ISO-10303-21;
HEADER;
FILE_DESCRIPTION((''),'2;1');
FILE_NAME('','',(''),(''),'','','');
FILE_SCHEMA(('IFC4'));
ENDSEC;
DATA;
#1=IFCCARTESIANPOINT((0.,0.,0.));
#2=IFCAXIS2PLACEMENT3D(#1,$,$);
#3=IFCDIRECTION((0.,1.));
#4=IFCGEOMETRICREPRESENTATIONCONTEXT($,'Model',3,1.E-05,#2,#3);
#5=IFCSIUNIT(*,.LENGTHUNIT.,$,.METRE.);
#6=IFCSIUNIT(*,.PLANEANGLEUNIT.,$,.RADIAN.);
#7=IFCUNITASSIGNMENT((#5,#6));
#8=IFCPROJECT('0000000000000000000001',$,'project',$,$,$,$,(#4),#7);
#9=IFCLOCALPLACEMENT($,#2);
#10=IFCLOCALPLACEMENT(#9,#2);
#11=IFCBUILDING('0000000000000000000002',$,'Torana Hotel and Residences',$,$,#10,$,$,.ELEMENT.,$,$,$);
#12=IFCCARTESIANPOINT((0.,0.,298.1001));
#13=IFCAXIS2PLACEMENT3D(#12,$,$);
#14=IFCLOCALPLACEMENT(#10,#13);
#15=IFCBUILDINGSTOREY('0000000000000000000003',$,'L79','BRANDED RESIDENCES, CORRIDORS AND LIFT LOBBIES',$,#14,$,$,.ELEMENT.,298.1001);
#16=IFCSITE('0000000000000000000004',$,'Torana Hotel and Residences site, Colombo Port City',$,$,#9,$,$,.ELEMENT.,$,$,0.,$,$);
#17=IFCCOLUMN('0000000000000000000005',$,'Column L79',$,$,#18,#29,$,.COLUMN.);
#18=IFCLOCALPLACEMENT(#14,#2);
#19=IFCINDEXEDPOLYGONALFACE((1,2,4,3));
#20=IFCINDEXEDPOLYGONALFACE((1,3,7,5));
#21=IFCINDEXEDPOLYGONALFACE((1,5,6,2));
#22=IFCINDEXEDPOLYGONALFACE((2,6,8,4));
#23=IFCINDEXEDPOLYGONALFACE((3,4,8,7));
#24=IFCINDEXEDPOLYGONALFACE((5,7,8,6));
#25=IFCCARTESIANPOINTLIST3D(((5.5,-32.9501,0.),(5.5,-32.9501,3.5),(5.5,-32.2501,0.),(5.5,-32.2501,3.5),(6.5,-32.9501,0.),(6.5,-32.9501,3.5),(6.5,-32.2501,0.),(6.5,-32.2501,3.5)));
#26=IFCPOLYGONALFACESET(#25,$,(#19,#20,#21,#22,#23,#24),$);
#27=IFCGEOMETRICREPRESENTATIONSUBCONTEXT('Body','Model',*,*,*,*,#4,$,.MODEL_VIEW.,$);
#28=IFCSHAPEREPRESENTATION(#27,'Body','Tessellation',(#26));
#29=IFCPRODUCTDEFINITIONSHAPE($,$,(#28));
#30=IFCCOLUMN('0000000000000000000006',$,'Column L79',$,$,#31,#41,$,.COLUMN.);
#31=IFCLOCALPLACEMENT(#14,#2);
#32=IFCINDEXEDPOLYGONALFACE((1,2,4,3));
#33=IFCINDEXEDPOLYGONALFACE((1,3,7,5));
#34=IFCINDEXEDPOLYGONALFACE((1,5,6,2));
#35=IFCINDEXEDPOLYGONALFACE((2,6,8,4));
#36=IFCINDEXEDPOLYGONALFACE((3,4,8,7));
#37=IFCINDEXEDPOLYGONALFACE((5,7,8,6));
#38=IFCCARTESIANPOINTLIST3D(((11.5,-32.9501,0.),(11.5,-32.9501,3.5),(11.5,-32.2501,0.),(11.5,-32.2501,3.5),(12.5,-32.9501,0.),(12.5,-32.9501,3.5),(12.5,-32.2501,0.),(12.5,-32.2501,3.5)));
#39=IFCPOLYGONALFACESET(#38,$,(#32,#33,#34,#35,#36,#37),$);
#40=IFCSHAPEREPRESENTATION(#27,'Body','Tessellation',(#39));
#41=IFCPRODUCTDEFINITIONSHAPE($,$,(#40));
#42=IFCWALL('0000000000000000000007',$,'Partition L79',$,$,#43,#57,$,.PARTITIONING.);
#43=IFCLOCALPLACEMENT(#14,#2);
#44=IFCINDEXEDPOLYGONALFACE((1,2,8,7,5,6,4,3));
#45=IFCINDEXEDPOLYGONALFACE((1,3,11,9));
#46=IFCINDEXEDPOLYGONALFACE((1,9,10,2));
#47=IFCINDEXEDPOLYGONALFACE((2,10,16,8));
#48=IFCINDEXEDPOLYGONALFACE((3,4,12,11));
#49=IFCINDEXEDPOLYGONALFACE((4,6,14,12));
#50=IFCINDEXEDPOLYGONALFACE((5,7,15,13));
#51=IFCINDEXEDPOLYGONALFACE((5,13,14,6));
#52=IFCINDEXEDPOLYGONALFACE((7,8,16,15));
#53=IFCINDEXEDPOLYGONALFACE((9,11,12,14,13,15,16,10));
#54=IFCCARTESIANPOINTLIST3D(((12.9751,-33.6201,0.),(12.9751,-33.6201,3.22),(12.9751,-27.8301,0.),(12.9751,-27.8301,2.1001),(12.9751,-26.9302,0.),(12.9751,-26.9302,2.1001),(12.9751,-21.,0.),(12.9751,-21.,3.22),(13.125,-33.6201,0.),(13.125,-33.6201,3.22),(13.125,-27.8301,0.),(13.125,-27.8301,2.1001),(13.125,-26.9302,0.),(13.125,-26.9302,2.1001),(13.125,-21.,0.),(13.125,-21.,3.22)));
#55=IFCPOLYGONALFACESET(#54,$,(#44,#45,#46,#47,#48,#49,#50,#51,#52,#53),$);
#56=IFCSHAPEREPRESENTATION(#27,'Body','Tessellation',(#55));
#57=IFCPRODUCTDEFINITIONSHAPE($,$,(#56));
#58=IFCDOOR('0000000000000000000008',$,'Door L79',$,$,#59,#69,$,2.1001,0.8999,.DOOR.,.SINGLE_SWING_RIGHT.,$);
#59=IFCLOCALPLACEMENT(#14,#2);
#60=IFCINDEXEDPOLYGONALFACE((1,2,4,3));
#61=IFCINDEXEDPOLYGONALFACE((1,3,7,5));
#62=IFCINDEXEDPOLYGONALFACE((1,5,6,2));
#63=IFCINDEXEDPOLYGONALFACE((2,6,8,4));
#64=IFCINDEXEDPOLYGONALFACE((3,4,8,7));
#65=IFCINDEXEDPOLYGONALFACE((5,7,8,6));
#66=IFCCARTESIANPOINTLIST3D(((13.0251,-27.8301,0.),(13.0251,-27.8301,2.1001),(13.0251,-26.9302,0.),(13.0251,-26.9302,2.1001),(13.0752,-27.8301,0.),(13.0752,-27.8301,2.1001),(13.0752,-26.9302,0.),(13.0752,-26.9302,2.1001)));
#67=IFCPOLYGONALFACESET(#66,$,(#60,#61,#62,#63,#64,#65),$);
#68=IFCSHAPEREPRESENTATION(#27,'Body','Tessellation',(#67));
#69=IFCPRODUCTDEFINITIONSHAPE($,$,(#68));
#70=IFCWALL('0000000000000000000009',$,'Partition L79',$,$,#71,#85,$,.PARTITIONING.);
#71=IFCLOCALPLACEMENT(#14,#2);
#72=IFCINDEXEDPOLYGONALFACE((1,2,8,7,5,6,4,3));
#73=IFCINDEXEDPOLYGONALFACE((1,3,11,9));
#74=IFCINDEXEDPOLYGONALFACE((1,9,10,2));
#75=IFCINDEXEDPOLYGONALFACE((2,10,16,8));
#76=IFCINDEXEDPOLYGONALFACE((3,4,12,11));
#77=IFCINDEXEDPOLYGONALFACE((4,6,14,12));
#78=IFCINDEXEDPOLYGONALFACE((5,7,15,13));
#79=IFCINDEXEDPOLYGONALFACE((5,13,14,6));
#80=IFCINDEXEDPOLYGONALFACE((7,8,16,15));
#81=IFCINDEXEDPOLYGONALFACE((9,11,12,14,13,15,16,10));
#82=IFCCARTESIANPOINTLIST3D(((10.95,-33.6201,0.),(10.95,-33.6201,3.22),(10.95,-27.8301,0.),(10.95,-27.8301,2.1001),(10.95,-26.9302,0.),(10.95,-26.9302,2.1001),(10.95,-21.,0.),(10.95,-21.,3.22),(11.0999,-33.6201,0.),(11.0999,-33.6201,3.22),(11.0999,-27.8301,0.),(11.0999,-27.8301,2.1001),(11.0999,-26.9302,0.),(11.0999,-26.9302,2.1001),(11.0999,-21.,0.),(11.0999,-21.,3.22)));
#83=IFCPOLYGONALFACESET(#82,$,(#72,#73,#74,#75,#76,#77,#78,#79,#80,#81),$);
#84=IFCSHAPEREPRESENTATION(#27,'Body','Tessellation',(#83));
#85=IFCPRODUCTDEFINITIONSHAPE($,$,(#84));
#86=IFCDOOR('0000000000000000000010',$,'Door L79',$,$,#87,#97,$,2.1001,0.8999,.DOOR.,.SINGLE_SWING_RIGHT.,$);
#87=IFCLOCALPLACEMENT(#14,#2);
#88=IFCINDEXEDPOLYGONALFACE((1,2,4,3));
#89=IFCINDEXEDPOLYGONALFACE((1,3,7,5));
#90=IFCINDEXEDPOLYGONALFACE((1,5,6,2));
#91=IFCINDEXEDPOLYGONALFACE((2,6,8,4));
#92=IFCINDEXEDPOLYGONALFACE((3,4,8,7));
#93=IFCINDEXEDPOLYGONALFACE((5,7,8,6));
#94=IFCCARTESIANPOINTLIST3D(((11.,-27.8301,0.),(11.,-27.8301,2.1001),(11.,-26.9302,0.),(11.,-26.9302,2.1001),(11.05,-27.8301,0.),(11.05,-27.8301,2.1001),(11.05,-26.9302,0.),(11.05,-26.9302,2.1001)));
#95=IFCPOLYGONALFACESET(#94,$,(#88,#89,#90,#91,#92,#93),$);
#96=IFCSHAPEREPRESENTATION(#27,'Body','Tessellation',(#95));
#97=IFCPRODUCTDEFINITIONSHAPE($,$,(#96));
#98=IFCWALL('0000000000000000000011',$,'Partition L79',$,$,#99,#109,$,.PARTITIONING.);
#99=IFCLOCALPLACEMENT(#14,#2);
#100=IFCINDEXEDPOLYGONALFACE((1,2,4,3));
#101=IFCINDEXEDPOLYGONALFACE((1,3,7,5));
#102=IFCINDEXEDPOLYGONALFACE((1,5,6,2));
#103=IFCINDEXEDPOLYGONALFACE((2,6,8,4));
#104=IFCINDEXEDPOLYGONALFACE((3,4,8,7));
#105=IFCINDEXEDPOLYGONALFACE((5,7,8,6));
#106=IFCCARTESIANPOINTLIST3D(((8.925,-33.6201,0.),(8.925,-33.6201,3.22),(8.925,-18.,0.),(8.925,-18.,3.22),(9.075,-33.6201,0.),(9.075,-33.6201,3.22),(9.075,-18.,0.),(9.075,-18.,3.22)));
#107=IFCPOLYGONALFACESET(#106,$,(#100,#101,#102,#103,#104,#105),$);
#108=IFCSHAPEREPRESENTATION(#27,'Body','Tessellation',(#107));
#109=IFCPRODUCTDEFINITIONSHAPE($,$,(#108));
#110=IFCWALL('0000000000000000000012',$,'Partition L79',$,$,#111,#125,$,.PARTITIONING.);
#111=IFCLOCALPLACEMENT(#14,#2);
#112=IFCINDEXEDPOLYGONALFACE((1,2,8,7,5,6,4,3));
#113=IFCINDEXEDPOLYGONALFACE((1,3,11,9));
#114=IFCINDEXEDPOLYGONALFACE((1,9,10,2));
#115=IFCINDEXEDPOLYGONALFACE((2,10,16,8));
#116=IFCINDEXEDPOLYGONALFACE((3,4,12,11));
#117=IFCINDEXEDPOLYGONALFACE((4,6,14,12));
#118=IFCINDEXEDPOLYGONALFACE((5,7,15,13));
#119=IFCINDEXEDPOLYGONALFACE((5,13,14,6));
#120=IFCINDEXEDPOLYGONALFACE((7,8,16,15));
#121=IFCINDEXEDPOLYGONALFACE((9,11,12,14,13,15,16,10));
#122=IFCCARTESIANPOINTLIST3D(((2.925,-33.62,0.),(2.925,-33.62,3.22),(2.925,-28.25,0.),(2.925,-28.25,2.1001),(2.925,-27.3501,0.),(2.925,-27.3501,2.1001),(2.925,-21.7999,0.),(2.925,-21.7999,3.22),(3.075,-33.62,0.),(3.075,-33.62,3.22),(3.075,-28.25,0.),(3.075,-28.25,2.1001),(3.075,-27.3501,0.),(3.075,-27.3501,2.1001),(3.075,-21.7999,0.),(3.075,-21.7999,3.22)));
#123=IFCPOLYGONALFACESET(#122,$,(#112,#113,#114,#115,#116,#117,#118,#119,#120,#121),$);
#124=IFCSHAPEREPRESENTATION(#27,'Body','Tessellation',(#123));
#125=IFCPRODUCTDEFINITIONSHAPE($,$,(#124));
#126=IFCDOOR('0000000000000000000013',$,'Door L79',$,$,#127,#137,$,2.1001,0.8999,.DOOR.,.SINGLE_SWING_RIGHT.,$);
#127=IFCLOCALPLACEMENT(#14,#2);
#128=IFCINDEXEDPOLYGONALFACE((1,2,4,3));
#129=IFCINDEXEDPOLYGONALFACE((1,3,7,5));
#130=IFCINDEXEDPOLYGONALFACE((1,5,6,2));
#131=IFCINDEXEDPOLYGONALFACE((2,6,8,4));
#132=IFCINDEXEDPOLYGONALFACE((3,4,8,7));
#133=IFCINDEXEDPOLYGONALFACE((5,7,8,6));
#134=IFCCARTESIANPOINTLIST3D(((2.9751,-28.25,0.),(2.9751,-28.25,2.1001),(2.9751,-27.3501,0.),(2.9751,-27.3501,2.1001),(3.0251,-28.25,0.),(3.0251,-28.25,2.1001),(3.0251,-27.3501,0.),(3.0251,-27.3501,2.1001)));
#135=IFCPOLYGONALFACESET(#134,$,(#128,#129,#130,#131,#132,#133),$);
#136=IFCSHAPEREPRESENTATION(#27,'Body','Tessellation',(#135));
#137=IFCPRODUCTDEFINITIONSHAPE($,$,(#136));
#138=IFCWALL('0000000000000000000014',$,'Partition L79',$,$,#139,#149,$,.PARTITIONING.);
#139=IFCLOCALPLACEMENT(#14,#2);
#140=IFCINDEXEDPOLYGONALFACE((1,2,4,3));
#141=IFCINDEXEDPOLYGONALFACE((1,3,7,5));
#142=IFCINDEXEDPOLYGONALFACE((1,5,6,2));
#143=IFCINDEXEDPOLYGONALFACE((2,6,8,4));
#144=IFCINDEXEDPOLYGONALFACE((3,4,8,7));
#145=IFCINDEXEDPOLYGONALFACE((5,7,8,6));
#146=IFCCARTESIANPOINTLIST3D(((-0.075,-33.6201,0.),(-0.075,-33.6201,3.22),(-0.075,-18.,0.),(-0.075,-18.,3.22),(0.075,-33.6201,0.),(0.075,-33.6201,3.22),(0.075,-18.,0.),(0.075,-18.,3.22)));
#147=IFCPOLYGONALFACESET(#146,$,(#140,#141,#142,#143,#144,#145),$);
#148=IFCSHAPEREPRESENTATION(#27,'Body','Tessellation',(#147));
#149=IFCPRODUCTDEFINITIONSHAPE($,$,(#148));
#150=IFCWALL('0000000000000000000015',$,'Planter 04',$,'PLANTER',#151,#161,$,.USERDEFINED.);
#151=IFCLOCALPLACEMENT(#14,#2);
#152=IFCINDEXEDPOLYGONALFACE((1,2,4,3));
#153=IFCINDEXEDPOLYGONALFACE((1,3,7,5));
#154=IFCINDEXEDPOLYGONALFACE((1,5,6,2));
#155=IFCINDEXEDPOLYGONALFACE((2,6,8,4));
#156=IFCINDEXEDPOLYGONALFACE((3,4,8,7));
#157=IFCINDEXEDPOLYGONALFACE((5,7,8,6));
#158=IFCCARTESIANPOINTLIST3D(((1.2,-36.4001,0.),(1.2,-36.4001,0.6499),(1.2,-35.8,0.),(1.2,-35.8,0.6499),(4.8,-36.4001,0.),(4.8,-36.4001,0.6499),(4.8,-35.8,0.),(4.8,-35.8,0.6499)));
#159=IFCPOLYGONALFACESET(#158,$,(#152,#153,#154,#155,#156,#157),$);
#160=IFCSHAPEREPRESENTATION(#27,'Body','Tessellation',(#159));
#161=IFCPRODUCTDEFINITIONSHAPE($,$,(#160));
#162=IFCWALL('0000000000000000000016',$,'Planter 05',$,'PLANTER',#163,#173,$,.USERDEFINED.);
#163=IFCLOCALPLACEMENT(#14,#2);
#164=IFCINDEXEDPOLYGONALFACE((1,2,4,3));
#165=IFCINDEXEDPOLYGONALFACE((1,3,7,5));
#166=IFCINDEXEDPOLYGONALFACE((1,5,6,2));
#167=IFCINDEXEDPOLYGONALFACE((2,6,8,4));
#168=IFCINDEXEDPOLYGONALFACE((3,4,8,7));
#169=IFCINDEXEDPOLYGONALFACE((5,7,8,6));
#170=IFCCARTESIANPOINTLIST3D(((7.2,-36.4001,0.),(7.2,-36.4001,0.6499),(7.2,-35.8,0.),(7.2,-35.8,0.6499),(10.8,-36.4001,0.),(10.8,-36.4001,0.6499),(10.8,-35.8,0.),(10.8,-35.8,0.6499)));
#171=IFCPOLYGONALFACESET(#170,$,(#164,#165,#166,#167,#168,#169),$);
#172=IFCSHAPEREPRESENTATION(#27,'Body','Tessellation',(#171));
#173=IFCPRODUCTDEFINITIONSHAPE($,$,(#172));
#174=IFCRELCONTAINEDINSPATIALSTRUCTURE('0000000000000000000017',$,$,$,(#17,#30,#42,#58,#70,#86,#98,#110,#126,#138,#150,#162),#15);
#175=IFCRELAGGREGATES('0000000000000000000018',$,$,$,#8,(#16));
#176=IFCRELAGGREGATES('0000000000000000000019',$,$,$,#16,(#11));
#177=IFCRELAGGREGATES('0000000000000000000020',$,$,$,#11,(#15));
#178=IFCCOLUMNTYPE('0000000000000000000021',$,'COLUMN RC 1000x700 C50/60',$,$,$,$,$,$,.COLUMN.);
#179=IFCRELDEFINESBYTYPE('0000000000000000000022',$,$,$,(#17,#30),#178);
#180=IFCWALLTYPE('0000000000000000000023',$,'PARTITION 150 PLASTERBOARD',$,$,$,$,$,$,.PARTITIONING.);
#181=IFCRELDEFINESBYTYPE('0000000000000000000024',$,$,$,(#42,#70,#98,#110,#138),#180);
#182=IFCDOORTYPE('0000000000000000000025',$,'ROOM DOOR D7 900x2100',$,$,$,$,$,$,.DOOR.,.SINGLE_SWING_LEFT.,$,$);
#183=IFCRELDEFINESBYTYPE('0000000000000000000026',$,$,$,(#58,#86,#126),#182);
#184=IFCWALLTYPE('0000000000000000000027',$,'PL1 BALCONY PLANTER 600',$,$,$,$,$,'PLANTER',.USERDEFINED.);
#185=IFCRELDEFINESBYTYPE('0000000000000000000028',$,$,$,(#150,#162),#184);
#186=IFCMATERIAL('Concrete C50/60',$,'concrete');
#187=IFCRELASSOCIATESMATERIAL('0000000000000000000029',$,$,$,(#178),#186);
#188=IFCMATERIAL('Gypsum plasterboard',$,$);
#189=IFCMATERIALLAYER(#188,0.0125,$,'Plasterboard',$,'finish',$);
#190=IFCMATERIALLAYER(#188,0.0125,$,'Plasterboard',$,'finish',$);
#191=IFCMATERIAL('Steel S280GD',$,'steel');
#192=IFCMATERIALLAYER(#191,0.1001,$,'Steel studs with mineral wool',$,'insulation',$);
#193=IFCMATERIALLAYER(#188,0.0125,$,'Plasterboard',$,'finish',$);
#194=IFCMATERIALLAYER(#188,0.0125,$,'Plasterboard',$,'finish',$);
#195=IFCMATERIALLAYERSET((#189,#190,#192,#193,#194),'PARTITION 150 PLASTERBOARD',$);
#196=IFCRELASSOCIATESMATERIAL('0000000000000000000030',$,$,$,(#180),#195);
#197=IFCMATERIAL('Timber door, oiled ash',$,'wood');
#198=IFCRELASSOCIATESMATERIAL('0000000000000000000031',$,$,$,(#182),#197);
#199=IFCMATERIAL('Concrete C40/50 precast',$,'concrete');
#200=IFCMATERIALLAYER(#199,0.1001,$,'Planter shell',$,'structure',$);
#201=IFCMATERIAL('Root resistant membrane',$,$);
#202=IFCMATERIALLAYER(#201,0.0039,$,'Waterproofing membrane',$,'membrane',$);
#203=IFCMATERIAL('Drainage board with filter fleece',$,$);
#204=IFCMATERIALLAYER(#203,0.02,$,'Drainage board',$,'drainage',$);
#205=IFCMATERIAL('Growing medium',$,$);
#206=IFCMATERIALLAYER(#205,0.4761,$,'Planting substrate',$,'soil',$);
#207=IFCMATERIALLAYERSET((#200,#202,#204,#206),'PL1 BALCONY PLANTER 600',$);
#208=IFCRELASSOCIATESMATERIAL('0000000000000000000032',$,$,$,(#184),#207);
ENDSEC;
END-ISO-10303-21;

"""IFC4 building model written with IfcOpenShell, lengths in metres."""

from ifc_helpers import new_model, si_unit, direction, frame, frame_2d, origin, origin_2d, place, context, subcontext, project, spatial, rectangle, extrude, material, layer, layer_set, material_profile, profile_set, type_object, element, fill, save


model = new_model("IFC4")

# Units and contexts
model_context = context("Model", 3, precision=1e-05, world=origin(), true_north=direction((0.0, 1.0)))
body_context = subcontext(model_context, "Body", "Model", "MODEL_VIEW")
ifc_project = project(units=[si_unit("LENGTHUNIT", "METRE"), si_unit("PLANEANGLEUNIT", "RADIAN")], contexts=[model_context])

# Site, building, storey
site_placement = place(None, origin())
site = spatial("IfcSite", under=ifc_project, at=site_placement, Name="Torana Hotel and Residences site, Colombo Port City", CompositionType="ELEMENT", RefElevation=0.0)
building_placement = place(site_placement, origin())
building = spatial("IfcBuilding", under=site, at=building_placement, Name="Torana Hotel and Residences", CompositionType="ELEMENT")
storey_placement = place(building_placement, frame((0.0, 0.0, 298.1001)))
storey = spatial("IfcBuildingStorey", under=building, at=storey_placement, Name="L79", Description="BRANDED RESIDENCES, CORRIDORS AND LIFT LOBBIES", CompositionType="ELEMENT", Elevation=298.1001)

# Columns
ifc_material_1 = material(Name="Concrete C50/60", Category="concrete")
ifc_material_profile = material_profile(ifc_material_1, rectangle(XDim=1.0, YDim=0.7, at=origin_2d()), Name="RC 1000x700")
ifc_profile_set = profile_set([ifc_material_profile], Name="Concrete C50/60")
column_type = type_object("IfcColumnType", Name="COLUMN RC 1000x700 C50/60", PredefinedType="COLUMN", material=ifc_profile_set)
for number, where, z_axis, x_axis, name in (
    (1, (6.0, -32.6001, 0.0), (0.0, 0.0, 1.0), (1.0, 0.0, 0.0), "Column L79"),
    (2, (12.0, -32.6001, 0.0), (0.0, 0.0, 1.0), (1.0, 0.0, 0.0), "Column L79"),
):
    element("IfcColumn", number, at=place(storey_placement, frame(where, z_axis=z_axis, x_axis=x_axis)), inside=storey, type_object=column_type, Name=name, PredefinedType="COLUMN", context=body_context, shape_type="SweptSolid", body=[
        extrude(rectangle(XDim=1.0, YDim=0.7, at=origin_2d()), origin(), (0.0, 0.0, 1.0), 3.5),
    ])

# Walls, openings, doors
ifc_material_2 = material(Name="Gypsum plasterboard")
ifc_layer_1 = layer(ifc_material_2, 0.0125, Name="Plasterboard", Category="finish")
ifc_layer_2 = layer(ifc_material_2, 0.0125, Name="Plasterboard", Category="finish")
ifc_material_3 = material(Name="Steel S280GD", Category="steel")
ifc_layer_3 = layer(ifc_material_3, 0.1001, Name="Steel studs with mineral wool", Category="insulation")
ifc_layer_4 = layer(ifc_material_2, 0.0125, Name="Plasterboard", Category="finish")
ifc_layer_5 = layer(ifc_material_2, 0.0125, Name="Plasterboard", Category="finish")
ifc_layer_set_1 = layer_set([ifc_layer_1, ifc_layer_2, ifc_layer_3, ifc_layer_4, ifc_layer_5], Name="PARTITION 150 PLASTERBOARD")
wall_type_1 = type_object("IfcWallType", Name="PARTITION 150 PLASTERBOARD", PredefinedType="PARTITIONING", material=ifc_layer_set_1)
wall_1_placement = place(storey_placement, frame((13.05, -33.6201, 0.0), z_axis=(0.0, 0.0, 1.0), x_axis=(0.0, 1.0, 0.0)))
wall_1 = element("IfcWall", 3, at=wall_1_placement, inside=storey, type_object=wall_type_1, Name="Partition L79", PredefinedType="PARTITIONING", context=body_context, shape_type="SweptSolid", body=[
    extrude(rectangle(XDim=12.6201, YDim=0.1499, at=frame_2d((6.3101, 0.0))), origin(), (0.0, 0.0, 1.0), 3.22),
])
opening_1_placement = place(wall_1_placement, frame((5.79, 0.0, 0.0)))
opening_1 = element("IfcOpeningElement", 4, at=opening_1_placement, cuts=wall_1, PredefinedType="OPENING", context=body_context, shape_type="SweptSolid", body=[
    extrude(rectangle(XDim=0.8999, YDim=2.1001, at=frame_2d((0.45, 1.05))), frame((0.0, 0.085, 0.0), z_axis=(0.0, -1.0, 0.0), x_axis=(1.0, 0.0, 0.0)), (0.0, 0.0, 1.0), 0.1699),
])
ifc_material_4 = material(Name="Timber door, oiled ash", Category="wood")
door_type = type_object("IfcDoorType", Name="ROOM DOOR D7 900x2100", OperationType="SINGLE_SWING_LEFT", PredefinedType="DOOR", material=ifc_material_4)
door_1_placement = place(opening_1_placement, origin())
door_1 = element("IfcDoor", 5, at=door_1_placement, inside=storey, type_object=door_type, Name="Door L79", OperationType="SINGLE_SWING_RIGHT", OverallHeight=2.1001, OverallWidth=0.8999, PredefinedType="DOOR", context=body_context, shape_type="SweptSolid", body=[
    extrude(rectangle(XDim=0.8999, YDim=2.1001, at=frame_2d((0.45, 1.05))), frame((0.0, 0.0249, 0.0), z_axis=(0.0, -1.0, 0.0), x_axis=(1.0, 0.0, 0.0)), (0.0, 0.0, 1.0), 0.05),
])
fill(opening_1, door_1)
wall_2_placement = place(storey_placement, frame((11.0249, -33.6201, 0.0), z_axis=(0.0, 0.0, 1.0), x_axis=(0.0, 1.0, 0.0)))
wall_2 = element("IfcWall", 6, at=wall_2_placement, inside=storey, type_object=wall_type_1, Name="Partition L79", PredefinedType="PARTITIONING", context=body_context, shape_type="SweptSolid", body=[
    extrude(rectangle(XDim=12.6201, YDim=0.1499, at=frame_2d((6.3101, 0.0))), origin(), (0.0, 0.0, 1.0), 3.22),
])
opening_2_placement = place(wall_2_placement, frame((5.79, 0.0, 0.0)))
opening_2 = element("IfcOpeningElement", 7, at=opening_2_placement, cuts=wall_2, PredefinedType="OPENING", context=body_context, shape_type="SweptSolid", body=[
    extrude(rectangle(XDim=0.8999, YDim=2.1001, at=frame_2d((0.45, 1.05))), frame((0.0, 0.085, 0.0), z_axis=(0.0, -1.0, 0.0), x_axis=(1.0, 0.0, 0.0)), (0.0, 0.0, 1.0), 0.1699),
])
door_2_placement = place(opening_2_placement, origin())
door_2 = element("IfcDoor", 8, at=door_2_placement, inside=storey, type_object=door_type, Name="Door L79", OperationType="SINGLE_SWING_RIGHT", OverallHeight=2.1001, OverallWidth=0.8999, PredefinedType="DOOR", context=body_context, shape_type="SweptSolid", body=[
    extrude(rectangle(XDim=0.8999, YDim=2.1001, at=frame_2d((0.45, 1.05))), frame((0.0, 0.0249, 0.0), z_axis=(0.0, -1.0, 0.0), x_axis=(1.0, 0.0, 0.0)), (0.0, 0.0, 1.0), 0.05),
])
fill(opening_2, door_2)

# Wall
wall_3_placement = place(storey_placement, frame((9.0, -33.6201, 0.0), z_axis=(0.0, 0.0, 1.0), x_axis=(0.0, 1.0, 0.0)))
element("IfcWall", 9, at=wall_3_placement, inside=storey, type_object=wall_type_1, Name="Partition L79", PredefinedType="PARTITIONING", context=body_context, shape_type="SweptSolid", body=[
    extrude(rectangle(XDim=15.6201, YDim=0.1499, at=frame_2d((7.8101, 0.0))), origin(), (0.0, 0.0, 1.0), 3.22),
])

# Wall, opening, door
wall_4_placement = place(storey_placement, frame((3.0, -33.6201, 0.0), z_axis=(0.0, 0.0, 1.0), x_axis=(0.0, 1.0, 0.0)))
wall_4 = element("IfcWall", 10, at=wall_4_placement, inside=storey, type_object=wall_type_1, Name="Partition L79", PredefinedType="PARTITIONING", context=body_context, shape_type="SweptSolid", body=[
    extrude(rectangle(XDim=11.8201, YDim=0.1499, at=frame_2d((5.9102, 0.0))), origin(), (0.0, 0.0, 1.0), 3.22),
])
opening_3_placement = place(wall_4_placement, frame((5.3701, 0.0, 0.0)))
opening_3 = element("IfcOpeningElement", 11, at=opening_3_placement, cuts=wall_4, PredefinedType="OPENING", context=body_context, shape_type="SweptSolid", body=[
    extrude(rectangle(XDim=0.8999, YDim=2.1001, at=frame_2d((0.45, 1.05))), frame((0.0, 0.085, 0.0), z_axis=(0.0, -1.0, 0.0), x_axis=(1.0, 0.0, 0.0)), (0.0, 0.0, 1.0), 0.1699),
])
door_3_placement = place(opening_3_placement, origin())
door_3 = element("IfcDoor", 12, at=door_3_placement, inside=storey, type_object=door_type, Name="Door L79", OperationType="SINGLE_SWING_RIGHT", OverallHeight=2.1001, OverallWidth=0.8999, PredefinedType="DOOR", context=body_context, shape_type="SweptSolid", body=[
    extrude(rectangle(XDim=0.8999, YDim=2.1001, at=frame_2d((0.45, 1.05))), frame((0.0, 0.0249, 0.0), z_axis=(0.0, -1.0, 0.0), x_axis=(1.0, 0.0, 0.0)), (0.0, 0.0, 1.0), 0.05),
])
fill(opening_3, door_3)

# Walls
wall_5_placement = place(storey_placement, frame((0.0, -33.6201, 0.0), z_axis=(0.0, 0.0, 1.0), x_axis=(0.0, 1.0, 0.0)))
element("IfcWall", 13, at=wall_5_placement, inside=storey, type_object=wall_type_1, Name="Partition L79", PredefinedType="PARTITIONING", context=body_context, shape_type="SweptSolid", body=[
    extrude(rectangle(XDim=15.6201, YDim=0.1499, at=frame_2d((7.8101, 0.0))), origin(), (0.0, 0.0, 1.0), 3.22),
])
ifc_material_5 = material(Name="Concrete C40/50 precast", Category="concrete")
ifc_layer_6 = layer(ifc_material_5, 0.1001, Name="Planter shell", Category="structure")
ifc_material_6 = material(Name="Root resistant membrane")
ifc_layer_7 = layer(ifc_material_6, 0.0039, Name="Waterproofing membrane", Category="membrane")
ifc_material_7 = material(Name="Drainage board with filter fleece")
ifc_layer_8 = layer(ifc_material_7, 0.02, Name="Drainage board", Category="drainage")
ifc_material_8 = material(Name="Growing medium")
ifc_layer_9 = layer(ifc_material_8, 0.4761, Name="Planting substrate", Category="soil")
ifc_layer_set_2 = layer_set([ifc_layer_6, ifc_layer_7, ifc_layer_8, ifc_layer_9], Name="PL1 BALCONY PLANTER 600")
wall_type_2 = type_object("IfcWallType", Name="PL1 BALCONY PLANTER 600", ElementType="PLANTER", PredefinedType="USERDEFINED", material=ifc_layer_set_2)
for number, where, z_axis, x_axis, name in (
    (14, (4.8, -36.1001, 0.0), (0.0, 0.0, 1.0), (-1.0, 0.0, 0.0), "Planter 04"),
    (15, (10.8, -36.1001, 0.0), (0.0, 0.0, 1.0), (-1.0, 0.0, 0.0), "Planter 05"),
):
    element("IfcWall", number, at=place(storey_placement, frame(where, z_axis=z_axis, x_axis=x_axis)), inside=storey, type_object=wall_type_2, Name=name, ObjectType="PLANTER", PredefinedType="USERDEFINED", context=body_context, shape_type="SweptSolid", body=[
        extrude(rectangle(XDim=3.6001, YDim=0.6001, at=frame_2d((1.8, 0.0))), origin(), (0.0, 0.0, 1.0), 0.6499),
    ])

save(model, "model.ifc")
